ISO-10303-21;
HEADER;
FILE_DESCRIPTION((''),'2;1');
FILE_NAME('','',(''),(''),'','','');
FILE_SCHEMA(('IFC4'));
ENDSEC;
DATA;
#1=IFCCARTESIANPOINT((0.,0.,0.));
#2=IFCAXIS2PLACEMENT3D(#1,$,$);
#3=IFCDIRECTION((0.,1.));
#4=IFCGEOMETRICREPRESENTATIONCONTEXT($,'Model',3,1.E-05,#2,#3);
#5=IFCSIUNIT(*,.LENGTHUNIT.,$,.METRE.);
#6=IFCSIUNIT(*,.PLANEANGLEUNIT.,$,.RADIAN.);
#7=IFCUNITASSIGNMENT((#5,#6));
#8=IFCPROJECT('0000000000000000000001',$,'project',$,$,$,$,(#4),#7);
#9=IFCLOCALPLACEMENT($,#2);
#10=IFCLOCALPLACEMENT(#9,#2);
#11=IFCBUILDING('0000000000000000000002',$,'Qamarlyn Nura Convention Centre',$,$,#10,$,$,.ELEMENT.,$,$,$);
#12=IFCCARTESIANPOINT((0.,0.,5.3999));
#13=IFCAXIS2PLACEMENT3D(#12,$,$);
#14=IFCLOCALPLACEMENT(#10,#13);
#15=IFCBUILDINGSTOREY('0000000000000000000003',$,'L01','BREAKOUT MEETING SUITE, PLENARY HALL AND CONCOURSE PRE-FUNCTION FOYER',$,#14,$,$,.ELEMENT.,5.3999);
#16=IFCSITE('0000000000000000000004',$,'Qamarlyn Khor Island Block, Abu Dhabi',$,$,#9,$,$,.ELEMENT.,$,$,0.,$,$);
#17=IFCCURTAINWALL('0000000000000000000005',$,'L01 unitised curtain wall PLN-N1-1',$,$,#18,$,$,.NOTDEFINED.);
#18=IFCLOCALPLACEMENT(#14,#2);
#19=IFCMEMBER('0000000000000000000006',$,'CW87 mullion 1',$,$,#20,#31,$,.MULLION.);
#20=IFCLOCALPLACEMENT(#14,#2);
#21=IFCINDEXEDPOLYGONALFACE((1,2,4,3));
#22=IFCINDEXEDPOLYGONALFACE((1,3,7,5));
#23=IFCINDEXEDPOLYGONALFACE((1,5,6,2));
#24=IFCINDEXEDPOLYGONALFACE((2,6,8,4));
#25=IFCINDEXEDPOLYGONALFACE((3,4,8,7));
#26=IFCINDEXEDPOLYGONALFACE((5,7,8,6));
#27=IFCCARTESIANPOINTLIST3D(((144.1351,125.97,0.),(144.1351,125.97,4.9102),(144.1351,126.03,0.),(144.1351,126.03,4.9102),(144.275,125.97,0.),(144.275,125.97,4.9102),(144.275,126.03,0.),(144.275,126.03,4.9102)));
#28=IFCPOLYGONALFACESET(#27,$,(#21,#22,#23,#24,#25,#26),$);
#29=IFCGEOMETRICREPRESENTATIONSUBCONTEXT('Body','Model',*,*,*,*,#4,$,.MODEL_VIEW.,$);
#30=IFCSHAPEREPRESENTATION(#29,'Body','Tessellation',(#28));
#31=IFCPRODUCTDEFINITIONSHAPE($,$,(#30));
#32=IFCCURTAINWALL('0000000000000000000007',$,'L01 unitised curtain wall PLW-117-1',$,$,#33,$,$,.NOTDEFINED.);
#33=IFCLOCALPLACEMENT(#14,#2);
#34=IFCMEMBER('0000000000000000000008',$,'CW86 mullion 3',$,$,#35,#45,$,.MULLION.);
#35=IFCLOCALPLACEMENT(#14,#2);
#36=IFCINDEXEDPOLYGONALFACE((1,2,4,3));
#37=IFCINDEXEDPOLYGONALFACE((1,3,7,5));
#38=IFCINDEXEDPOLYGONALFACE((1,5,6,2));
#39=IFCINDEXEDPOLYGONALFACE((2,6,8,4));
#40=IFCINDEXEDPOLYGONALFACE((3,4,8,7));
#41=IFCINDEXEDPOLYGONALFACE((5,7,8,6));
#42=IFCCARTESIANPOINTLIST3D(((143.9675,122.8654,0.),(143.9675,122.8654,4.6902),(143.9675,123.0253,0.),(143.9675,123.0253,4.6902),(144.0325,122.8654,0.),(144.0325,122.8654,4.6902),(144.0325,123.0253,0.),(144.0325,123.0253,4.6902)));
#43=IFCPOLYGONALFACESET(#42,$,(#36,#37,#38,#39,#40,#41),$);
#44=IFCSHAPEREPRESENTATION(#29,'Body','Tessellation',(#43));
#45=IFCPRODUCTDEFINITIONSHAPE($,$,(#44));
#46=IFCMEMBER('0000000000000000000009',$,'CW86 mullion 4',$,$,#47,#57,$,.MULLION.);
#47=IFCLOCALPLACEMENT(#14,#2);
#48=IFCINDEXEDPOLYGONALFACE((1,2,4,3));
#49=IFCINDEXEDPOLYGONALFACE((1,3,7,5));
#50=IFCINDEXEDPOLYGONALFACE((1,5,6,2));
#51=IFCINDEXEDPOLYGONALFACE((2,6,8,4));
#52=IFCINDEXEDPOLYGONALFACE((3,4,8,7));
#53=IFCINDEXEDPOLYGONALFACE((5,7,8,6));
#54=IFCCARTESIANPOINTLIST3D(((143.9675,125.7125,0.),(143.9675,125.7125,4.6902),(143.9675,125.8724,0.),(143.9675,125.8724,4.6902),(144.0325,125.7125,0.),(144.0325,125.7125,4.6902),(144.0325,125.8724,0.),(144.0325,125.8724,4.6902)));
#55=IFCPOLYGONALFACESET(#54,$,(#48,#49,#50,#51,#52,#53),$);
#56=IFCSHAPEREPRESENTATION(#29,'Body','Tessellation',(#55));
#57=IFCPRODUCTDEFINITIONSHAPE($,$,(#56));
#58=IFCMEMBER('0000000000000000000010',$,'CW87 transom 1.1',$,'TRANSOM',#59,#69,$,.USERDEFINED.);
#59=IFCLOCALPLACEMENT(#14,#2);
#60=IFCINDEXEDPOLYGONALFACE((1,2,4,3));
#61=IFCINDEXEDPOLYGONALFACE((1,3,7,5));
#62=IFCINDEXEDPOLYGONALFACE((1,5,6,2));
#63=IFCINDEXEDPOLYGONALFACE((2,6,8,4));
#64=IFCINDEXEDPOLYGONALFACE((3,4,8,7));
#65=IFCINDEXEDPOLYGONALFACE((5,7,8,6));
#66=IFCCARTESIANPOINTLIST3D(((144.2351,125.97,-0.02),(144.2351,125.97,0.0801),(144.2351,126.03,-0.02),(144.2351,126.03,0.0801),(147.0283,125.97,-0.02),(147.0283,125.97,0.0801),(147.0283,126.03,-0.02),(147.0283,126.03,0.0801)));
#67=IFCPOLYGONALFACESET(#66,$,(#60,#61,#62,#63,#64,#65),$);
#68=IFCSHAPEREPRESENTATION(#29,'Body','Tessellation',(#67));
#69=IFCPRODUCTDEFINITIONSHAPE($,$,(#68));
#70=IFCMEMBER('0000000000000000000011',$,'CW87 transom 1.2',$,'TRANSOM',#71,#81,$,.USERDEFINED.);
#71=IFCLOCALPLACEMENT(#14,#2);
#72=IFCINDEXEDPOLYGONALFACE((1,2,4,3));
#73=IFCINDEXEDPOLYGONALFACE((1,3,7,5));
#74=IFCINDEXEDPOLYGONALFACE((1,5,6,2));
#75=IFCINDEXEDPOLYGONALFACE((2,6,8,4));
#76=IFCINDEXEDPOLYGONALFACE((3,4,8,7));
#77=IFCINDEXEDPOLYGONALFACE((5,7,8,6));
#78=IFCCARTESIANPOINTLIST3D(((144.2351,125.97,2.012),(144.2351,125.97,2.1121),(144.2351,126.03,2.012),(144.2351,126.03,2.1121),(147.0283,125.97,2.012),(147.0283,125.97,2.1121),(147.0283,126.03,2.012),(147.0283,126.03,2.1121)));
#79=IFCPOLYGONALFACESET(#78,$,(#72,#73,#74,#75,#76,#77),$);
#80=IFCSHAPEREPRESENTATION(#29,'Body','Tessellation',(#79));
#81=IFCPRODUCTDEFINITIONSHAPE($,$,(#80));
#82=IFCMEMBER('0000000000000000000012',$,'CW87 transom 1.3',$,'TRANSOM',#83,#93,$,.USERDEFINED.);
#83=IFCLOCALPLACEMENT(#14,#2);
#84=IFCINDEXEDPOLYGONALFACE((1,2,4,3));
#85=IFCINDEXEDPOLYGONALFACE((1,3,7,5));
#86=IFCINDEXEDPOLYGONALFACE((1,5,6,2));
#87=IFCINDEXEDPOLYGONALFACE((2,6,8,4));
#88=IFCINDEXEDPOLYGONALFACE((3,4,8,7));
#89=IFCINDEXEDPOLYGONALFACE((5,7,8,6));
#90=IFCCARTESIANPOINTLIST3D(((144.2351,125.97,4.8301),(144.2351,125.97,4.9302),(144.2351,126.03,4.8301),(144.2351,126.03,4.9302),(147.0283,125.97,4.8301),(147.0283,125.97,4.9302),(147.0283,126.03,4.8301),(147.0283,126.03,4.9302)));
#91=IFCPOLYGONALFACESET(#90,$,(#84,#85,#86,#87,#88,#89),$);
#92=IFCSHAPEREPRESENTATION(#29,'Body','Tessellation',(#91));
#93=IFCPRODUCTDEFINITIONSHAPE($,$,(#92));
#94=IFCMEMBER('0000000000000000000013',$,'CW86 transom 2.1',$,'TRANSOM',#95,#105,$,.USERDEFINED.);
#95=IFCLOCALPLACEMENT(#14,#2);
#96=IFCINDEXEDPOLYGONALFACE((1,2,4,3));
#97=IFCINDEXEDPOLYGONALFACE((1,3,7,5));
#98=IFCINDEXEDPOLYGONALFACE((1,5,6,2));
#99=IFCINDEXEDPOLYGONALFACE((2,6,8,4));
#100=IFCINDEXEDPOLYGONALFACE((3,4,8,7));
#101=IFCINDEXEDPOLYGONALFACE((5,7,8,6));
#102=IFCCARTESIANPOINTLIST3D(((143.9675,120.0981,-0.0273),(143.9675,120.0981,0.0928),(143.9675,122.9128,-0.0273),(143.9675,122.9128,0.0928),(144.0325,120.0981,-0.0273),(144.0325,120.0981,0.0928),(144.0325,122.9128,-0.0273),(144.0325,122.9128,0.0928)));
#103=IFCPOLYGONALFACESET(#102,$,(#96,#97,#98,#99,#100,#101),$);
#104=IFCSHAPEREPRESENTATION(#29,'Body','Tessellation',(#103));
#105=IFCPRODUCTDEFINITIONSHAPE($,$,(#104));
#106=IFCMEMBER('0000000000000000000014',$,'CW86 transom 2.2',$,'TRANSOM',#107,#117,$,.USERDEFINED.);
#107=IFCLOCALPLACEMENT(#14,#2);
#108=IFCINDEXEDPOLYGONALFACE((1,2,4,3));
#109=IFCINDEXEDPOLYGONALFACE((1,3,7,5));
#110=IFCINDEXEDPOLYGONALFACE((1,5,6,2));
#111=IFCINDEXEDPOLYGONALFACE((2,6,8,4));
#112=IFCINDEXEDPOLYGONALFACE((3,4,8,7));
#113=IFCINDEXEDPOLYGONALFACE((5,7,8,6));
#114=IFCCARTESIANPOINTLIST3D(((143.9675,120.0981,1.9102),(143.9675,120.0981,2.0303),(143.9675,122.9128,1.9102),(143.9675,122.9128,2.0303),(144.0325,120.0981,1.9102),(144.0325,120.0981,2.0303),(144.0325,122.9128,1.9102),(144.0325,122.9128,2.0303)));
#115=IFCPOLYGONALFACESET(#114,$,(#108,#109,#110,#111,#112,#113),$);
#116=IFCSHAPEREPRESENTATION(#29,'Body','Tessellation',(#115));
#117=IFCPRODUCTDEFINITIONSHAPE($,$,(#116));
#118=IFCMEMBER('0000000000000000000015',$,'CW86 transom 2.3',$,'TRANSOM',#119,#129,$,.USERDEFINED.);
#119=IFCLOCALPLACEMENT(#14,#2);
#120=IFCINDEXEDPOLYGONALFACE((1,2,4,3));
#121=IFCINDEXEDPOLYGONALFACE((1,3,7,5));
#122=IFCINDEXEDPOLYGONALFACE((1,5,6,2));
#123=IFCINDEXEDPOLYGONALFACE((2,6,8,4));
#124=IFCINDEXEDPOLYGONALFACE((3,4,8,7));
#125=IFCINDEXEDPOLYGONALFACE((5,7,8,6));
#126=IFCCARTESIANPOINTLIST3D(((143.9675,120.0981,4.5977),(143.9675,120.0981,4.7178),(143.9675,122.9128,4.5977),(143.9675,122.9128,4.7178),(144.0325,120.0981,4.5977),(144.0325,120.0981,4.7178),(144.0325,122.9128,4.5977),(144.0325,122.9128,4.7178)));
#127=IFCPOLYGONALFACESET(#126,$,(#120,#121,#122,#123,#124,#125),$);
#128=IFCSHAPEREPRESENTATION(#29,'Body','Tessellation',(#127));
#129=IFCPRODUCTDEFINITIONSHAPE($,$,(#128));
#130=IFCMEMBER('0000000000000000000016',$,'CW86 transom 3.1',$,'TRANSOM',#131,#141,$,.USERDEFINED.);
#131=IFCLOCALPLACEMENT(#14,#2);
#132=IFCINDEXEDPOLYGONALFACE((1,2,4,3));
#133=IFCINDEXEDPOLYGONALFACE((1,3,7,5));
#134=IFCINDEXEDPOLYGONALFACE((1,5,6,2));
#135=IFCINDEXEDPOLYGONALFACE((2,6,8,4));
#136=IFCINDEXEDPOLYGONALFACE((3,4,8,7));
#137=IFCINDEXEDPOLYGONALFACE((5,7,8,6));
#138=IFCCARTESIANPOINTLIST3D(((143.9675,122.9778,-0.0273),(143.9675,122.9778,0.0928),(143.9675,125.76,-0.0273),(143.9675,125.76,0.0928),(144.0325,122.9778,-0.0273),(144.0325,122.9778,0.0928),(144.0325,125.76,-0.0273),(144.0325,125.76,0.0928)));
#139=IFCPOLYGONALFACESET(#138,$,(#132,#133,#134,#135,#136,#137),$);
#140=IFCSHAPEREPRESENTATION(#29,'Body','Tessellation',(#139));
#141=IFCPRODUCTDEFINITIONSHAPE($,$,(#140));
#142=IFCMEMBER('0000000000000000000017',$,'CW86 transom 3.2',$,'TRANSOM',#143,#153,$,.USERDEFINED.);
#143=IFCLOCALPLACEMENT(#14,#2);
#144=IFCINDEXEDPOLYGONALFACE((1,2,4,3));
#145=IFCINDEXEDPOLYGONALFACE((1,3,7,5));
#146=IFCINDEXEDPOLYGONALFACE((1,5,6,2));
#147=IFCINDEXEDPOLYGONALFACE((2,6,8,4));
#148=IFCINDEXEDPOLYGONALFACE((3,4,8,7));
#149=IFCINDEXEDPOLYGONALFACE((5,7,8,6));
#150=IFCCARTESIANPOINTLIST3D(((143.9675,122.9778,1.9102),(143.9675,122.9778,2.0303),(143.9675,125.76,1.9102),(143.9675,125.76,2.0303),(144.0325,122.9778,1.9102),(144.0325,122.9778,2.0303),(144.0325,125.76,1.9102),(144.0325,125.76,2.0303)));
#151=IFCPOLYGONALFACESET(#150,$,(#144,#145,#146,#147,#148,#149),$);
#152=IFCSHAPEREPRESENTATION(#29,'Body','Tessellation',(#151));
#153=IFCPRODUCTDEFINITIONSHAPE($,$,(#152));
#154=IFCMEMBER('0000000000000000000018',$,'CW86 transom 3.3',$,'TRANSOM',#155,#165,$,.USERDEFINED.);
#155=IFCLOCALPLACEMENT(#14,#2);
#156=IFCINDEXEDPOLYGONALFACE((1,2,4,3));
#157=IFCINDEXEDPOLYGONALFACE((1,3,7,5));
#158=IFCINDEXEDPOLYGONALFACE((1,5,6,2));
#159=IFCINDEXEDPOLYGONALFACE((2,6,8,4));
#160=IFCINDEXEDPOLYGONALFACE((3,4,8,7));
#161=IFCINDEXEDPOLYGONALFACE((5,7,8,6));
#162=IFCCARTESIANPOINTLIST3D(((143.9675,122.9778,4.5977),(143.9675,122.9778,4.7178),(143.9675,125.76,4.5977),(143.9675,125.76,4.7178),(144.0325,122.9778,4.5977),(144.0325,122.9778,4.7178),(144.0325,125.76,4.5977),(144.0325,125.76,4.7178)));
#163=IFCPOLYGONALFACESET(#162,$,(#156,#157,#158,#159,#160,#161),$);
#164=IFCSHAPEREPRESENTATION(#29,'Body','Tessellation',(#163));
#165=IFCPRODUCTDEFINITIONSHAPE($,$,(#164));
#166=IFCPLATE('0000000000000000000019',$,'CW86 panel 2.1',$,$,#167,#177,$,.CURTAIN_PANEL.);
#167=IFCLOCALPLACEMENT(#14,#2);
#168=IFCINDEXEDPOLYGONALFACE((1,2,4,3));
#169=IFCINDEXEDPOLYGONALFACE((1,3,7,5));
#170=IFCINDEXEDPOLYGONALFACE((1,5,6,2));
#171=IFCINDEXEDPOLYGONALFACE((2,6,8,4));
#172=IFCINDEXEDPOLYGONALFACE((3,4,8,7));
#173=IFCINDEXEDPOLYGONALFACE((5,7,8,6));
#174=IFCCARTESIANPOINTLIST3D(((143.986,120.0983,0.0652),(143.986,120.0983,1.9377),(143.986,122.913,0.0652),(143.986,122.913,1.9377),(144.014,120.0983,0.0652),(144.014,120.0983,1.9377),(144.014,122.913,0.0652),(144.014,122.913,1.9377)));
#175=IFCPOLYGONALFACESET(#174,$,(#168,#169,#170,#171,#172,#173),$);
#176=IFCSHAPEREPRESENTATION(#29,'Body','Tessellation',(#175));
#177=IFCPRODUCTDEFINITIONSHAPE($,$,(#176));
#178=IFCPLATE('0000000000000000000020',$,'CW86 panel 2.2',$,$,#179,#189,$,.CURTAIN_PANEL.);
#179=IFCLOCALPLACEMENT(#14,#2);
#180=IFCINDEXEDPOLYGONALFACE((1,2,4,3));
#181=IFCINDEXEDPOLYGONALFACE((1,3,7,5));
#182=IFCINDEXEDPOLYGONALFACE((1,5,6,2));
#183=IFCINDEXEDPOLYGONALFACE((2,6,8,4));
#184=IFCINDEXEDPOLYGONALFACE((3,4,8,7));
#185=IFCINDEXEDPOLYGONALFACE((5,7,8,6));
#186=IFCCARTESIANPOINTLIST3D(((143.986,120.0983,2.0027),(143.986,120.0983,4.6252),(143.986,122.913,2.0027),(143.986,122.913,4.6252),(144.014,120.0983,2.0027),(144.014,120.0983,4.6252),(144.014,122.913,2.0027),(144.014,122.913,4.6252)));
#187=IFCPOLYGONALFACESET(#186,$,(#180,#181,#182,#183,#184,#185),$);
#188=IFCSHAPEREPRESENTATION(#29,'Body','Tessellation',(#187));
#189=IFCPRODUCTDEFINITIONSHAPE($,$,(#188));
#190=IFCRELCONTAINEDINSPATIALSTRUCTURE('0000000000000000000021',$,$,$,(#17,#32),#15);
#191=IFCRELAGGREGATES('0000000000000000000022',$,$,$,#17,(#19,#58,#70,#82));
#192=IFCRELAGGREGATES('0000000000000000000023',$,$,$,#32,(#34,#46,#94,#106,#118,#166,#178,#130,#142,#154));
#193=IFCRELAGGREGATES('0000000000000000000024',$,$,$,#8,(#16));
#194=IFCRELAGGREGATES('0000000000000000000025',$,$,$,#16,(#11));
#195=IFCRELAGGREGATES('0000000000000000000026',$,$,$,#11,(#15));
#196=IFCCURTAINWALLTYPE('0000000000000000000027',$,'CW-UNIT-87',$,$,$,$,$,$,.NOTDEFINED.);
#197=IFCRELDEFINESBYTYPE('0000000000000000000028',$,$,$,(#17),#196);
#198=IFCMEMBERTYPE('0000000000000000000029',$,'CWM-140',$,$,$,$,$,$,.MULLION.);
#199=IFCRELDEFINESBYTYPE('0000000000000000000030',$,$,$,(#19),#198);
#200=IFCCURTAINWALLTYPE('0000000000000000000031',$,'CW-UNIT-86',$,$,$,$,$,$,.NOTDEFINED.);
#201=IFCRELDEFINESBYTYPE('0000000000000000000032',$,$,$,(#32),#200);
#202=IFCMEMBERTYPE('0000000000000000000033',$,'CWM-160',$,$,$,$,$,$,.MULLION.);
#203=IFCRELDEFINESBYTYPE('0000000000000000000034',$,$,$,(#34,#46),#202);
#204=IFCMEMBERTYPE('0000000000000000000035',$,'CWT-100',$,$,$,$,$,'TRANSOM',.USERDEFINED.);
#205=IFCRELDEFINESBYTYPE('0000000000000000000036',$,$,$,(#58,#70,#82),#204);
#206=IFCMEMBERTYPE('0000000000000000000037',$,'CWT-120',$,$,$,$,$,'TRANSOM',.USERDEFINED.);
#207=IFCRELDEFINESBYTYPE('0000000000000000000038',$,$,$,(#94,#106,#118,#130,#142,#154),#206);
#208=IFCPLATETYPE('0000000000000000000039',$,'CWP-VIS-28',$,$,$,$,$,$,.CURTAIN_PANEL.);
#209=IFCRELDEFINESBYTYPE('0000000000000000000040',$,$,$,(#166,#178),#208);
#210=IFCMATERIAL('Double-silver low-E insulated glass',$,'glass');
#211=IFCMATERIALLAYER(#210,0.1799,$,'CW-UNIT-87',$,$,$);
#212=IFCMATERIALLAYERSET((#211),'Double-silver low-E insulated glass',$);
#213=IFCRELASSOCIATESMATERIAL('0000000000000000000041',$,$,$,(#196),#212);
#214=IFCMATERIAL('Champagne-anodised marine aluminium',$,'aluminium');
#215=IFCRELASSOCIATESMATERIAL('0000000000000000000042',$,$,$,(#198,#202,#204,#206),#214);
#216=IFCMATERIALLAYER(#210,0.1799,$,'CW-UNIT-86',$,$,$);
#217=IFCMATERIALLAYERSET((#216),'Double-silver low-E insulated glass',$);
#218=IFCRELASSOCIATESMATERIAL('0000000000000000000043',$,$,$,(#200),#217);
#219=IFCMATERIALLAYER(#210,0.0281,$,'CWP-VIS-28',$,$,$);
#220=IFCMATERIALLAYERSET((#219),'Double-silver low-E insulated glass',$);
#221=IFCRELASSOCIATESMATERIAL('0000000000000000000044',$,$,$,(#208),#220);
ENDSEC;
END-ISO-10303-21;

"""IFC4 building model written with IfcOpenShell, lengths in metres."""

from ifc_helpers import new_model, si_unit, direction, frame, origin, origin_2d, place, context, subcontext, project, spatial, rectangle, extrude, material, layer, layer_set, material_profile, profile_set, type_object, element, aggregate, save


model = new_model("IFC4")

# Units and contexts
model_context = context("Model", 3, precision=1e-05, world=origin(), true_north=direction((0.0, 1.0)))
body_context = subcontext(model_context, "Body", "Model", "MODEL_VIEW")
ifc_project = project(units=[si_unit("LENGTHUNIT", "METRE"), si_unit("PLANEANGLEUNIT", "RADIAN")], contexts=[model_context])

# Site, building, storey
site_placement = place(None, origin())
site = spatial("IfcSite", under=ifc_project, at=site_placement, Name="Qamarlyn Khor Island Block, Abu Dhabi", CompositionType="ELEMENT", RefElevation=0.0)
building_placement = place(site_placement, origin())
building = spatial("IfcBuilding", under=site, at=building_placement, Name="Qamarlyn Nura Convention Centre", CompositionType="ELEMENT")
storey_placement = place(building_placement, frame((0.0, 0.0, 5.3999)))
storey = spatial("IfcBuildingStorey", under=building, at=storey_placement, Name="L01", Description="BREAKOUT MEETING SUITE, PLENARY HALL AND CONCOURSE PRE-FUNCTION FOYER", CompositionType="ELEMENT", Elevation=5.3999)

# Curtain wall, member
ifc_material_1 = material(Name="Double-silver low-E insulated glass", Category="glass")
ifc_layer_1 = layer(ifc_material_1, 0.1799, Name="CW-UNIT-87")
ifc_layer_set_1 = layer_set([ifc_layer_1], Name="Double-silver low-E insulated glass")
curtain_wall_type_1 = type_object("IfcCurtainWallType", Name="CW-UNIT-87", PredefinedType="NOTDEFINED", material=ifc_layer_set_1)
curtain_wall_1_placement = place(storey_placement, origin())
curtain_wall_1 = element("IfcCurtainWall", 1, at=curtain_wall_1_placement, inside=storey, type_object=curtain_wall_type_1, Name="L01 unitised curtain wall PLN-N1-1", PredefinedType="NOTDEFINED")
ifc_material_2 = material(Name="Champagne-anodised marine aluminium", Category="aluminium")
ifc_material_profile_1 = material_profile(ifc_material_2, rectangle(XDim=0.0601, YDim=0.1399, at=origin_2d()), Name="ALU MULLION 60x140")
ifc_profile_set_1 = profile_set([ifc_material_profile_1], Name="Champagne-anodised marine aluminium")
member_type_1 = type_object("IfcMemberType", Name="CWM-140", PredefinedType="MULLION", material=ifc_profile_set_1)
member_1_placement = place(storey_placement, frame((144.2051, 126.0, 0.0), z_axis=(0.0, 0.0, 1.0), x_axis=(0.0, 1.0, 0.0)))
member_1 = element("IfcMember", 2, at=member_1_placement, type_object=member_type_1, Name="CW87 mullion 1", PredefinedType="MULLION", context=body_context, shape_type="SweptSolid", body=[
    extrude(rectangle(XDim=0.0601, YDim=0.1399, at=origin_2d()), origin(), (0.0, 0.0, 1.0), 4.9102),
])

# Curtain wall, members
ifc_layer_2 = layer(ifc_material_1, 0.1799, Name="CW-UNIT-86")
ifc_layer_set_2 = layer_set([ifc_layer_2], Name="Double-silver low-E insulated glass")
curtain_wall_type_2 = type_object("IfcCurtainWallType", Name="CW-UNIT-86", PredefinedType="NOTDEFINED", material=ifc_layer_set_2)
curtain_wall_2_placement = place(storey_placement, origin())
curtain_wall_2 = element("IfcCurtainWall", 3, at=curtain_wall_2_placement, inside=storey, type_object=curtain_wall_type_2, Name="L01 unitised curtain wall PLW-117-1", PredefinedType="NOTDEFINED")
ifc_material_profile_2 = material_profile(ifc_material_2, rectangle(XDim=0.0649, YDim=0.1599, at=origin_2d()), Name="ALU MULLION 65x160")
ifc_profile_set_2 = profile_set([ifc_material_profile_2], Name="Champagne-anodised marine aluminium")
member_type_2 = type_object("IfcMemberType", Name="CWM-160", PredefinedType="MULLION", material=ifc_profile_set_2)
member_2_placement = place(storey_placement, frame((144.0, 122.9453, 0.0), z_axis=(0.0, 0.0, 1.0), x_axis=(-1.0, 0.0, 0.0)))
member_2 = element("IfcMember", 4, at=member_2_placement, type_object=member_type_2, Name="CW86 mullion 3", PredefinedType="MULLION", context=body_context, shape_type="SweptSolid", body=[
    extrude(rectangle(XDim=0.0649, YDim=0.1599, at=origin_2d()), origin(), (0.0, 0.0, 1.0), 4.6902),
])
member_3_placement = place(storey_placement, frame((144.0, 125.7925, 0.0), z_axis=(0.0, 0.0, 1.0), x_axis=(-1.0, 0.0, 0.0)))
member_3 = element("IfcMember", 5, at=member_3_placement, type_object=member_type_2, Name="CW86 mullion 4", PredefinedType="MULLION", context=body_context, shape_type="SweptSolid", body=[
    extrude(rectangle(XDim=0.0649, YDim=0.1599, at=origin_2d()), origin(), (0.0, 0.0, 1.0), 4.6902),
])

# Members
ifc_material_profile_3 = material_profile(ifc_material_2, rectangle(XDim=0.0601, YDim=0.1001, at=origin_2d()), Name="ALU TRANSOM 60x100")
ifc_profile_set_3 = profile_set([ifc_material_profile_3], Name="Champagne-anodised marine aluminium")
member_type_3 = type_object("IfcMemberType", Name="CWT-100", ElementType="TRANSOM", PredefinedType="USERDEFINED", material=ifc_profile_set_3)
member_4_placement = place(storey_placement, frame((144.2351, 126.0, 0.03), z_axis=(1.0, 0.0, 0.0), x_axis=(0.0, 1.0, 0.0)))
member_4 = element("IfcMember", 6, at=member_4_placement, type_object=member_type_3, Name="CW87 transom 1.1", ObjectType="TRANSOM", PredefinedType="USERDEFINED", context=body_context, shape_type="SweptSolid", body=[
    extrude(rectangle(XDim=0.0601, YDim=0.1001, at=origin_2d()), origin(), (0.0, 0.0, 1.0), 2.7932),
])
member_5_placement = place(storey_placement, frame((144.2351, 126.0, 2.062), z_axis=(1.0, 0.0, 0.0), x_axis=(0.0, 1.0, 0.0)))
member_5 = element("IfcMember", 7, at=member_5_placement, type_object=member_type_3, Name="CW87 transom 1.2", ObjectType="TRANSOM", PredefinedType="USERDEFINED", context=body_context, shape_type="SweptSolid", body=[
    extrude(rectangle(XDim=0.0601, YDim=0.1001, at=origin_2d()), origin(), (0.0, 0.0, 1.0), 2.7932),
])
member_6_placement = place(storey_placement, frame((144.2351, 126.0, 4.8801), z_axis=(1.0, 0.0, 0.0), x_axis=(0.0, 1.0, 0.0)))
member_6 = element("IfcMember", 8, at=member_6_placement, type_object=member_type_3, Name="CW87 transom 1.3", ObjectType="TRANSOM", PredefinedType="USERDEFINED", context=body_context, shape_type="SweptSolid", body=[
    extrude(rectangle(XDim=0.0601, YDim=0.1001, at=origin_2d()), origin(), (0.0, 0.0, 1.0), 2.7932),
])
aggregate(curtain_wall_1, [member_1, member_4, member_5, member_6])
ifc_material_profile_4 = material_profile(ifc_material_2, rectangle(XDim=0.0649, YDim=0.1201, at=origin_2d()), Name="ALU TRANSOM 65x120")
ifc_profile_set_4 = profile_set([ifc_material_profile_4], Name="Champagne-anodised marine aluminium")
member_type_4 = type_object("IfcMemberType", Name="CWT-120", ElementType="TRANSOM", PredefinedType="USERDEFINED", material=ifc_profile_set_4)
member_7_placement = place(storey_placement, frame((144.0, 120.0981, 0.0327), z_axis=(0.0, 1.0, 0.0), x_axis=(-1.0, 0.0, 0.0)))
member_7 = element("IfcMember", 9, at=member_7_placement, type_object=member_type_4, Name="CW86 transom 2.1", ObjectType="TRANSOM", PredefinedType="USERDEFINED", context=body_context, shape_type="SweptSolid", body=[
    extrude(rectangle(XDim=0.0649, YDim=0.1201, at=origin_2d()), origin(), (0.0, 0.0, 1.0), 2.8147),
])
member_8_placement = place(storey_placement, frame((144.0, 120.0981, 1.9702), z_axis=(0.0, 1.0, 0.0), x_axis=(-1.0, 0.0, 0.0)))
member_8 = element("IfcMember", 10, at=member_8_placement, type_object=member_type_4, Name="CW86 transom 2.2", ObjectType="TRANSOM", PredefinedType="USERDEFINED", context=body_context, shape_type="SweptSolid", body=[
    extrude(rectangle(XDim=0.0649, YDim=0.1201, at=origin_2d()), origin(), (0.0, 0.0, 1.0), 2.8147),
])
member_9_placement = place(storey_placement, frame((144.0, 120.0981, 4.6577), z_axis=(0.0, 1.0, 0.0), x_axis=(-1.0, 0.0, 0.0)))
member_9 = element("IfcMember", 11, at=member_9_placement, type_object=member_type_4, Name="CW86 transom 2.3", ObjectType="TRANSOM", PredefinedType="USERDEFINED", context=body_context, shape_type="SweptSolid", body=[
    extrude(rectangle(XDim=0.0649, YDim=0.1201, at=origin_2d()), origin(), (0.0, 0.0, 1.0), 2.8147),
])
member_10_placement = place(storey_placement, frame((144.0, 122.9778, 0.0327), z_axis=(0.0, 1.0, 0.0), x_axis=(-1.0, 0.0, 0.0)))
member_10 = element("IfcMember", 12, at=member_10_placement, type_object=member_type_4, Name="CW86 transom 3.1", ObjectType="TRANSOM", PredefinedType="USERDEFINED", context=body_context, shape_type="SweptSolid", body=[
    extrude(rectangle(XDim=0.0649, YDim=0.1201, at=origin_2d()), origin(), (0.0, 0.0, 1.0), 2.7822),
])
member_11_placement = place(storey_placement, frame((144.0, 122.9778, 1.9702), z_axis=(0.0, 1.0, 0.0), x_axis=(-1.0, 0.0, 0.0)))
member_11 = element("IfcMember", 13, at=member_11_placement, type_object=member_type_4, Name="CW86 transom 3.2", ObjectType="TRANSOM", PredefinedType="USERDEFINED", context=body_context, shape_type="SweptSolid", body=[
    extrude(rectangle(XDim=0.0649, YDim=0.1201, at=origin_2d()), origin(), (0.0, 0.0, 1.0), 2.7822),
])
member_12_placement = place(storey_placement, frame((144.0, 122.9778, 4.6577), z_axis=(0.0, 1.0, 0.0), x_axis=(-1.0, 0.0, 0.0)))
member_12 = element("IfcMember", 14, at=member_12_placement, type_object=member_type_4, Name="CW86 transom 3.3", ObjectType="TRANSOM", PredefinedType="USERDEFINED", context=body_context, shape_type="SweptSolid", body=[
    extrude(rectangle(XDim=0.0649, YDim=0.1201, at=origin_2d()), origin(), (0.0, 0.0, 1.0), 2.7822),
])

# Plates
ifc_layer_3 = layer(ifc_material_1, 0.0281, Name="CWP-VIS-28")
ifc_layer_set_3 = layer_set([ifc_layer_3], Name="Double-silver low-E insulated glass")
plate_type = type_object("IfcPlateType", Name="CWP-VIS-28", PredefinedType="CURTAIN_PANEL", material=ifc_layer_set_3)
plate_1_placement = place(storey_placement, frame((144.0, 121.5056, 0.0652), z_axis=(0.0, 0.0, 1.0), x_axis=(0.0, 1.0, 0.0)))
plate_1 = element("IfcPlate", 15, at=plate_1_placement, type_object=plate_type, Name="CW86 panel 2.1", PredefinedType="CURTAIN_PANEL", context=body_context, shape_type="SweptSolid", body=[
    extrude(rectangle(XDim=2.8147, YDim=0.0281, at=origin_2d()), origin(), (0.0, 0.0, 1.0), 1.8726),
])
plate_2_placement = place(storey_placement, frame((144.0, 121.5056, 2.0027), z_axis=(0.0, 0.0, 1.0), x_axis=(0.0, 1.0, 0.0)))
plate_2 = element("IfcPlate", 16, at=plate_2_placement, type_object=plate_type, Name="CW86 panel 2.2", PredefinedType="CURTAIN_PANEL", context=body_context, shape_type="SweptSolid", body=[
    extrude(rectangle(XDim=2.8147, YDim=0.0281, at=origin_2d()), origin(), (0.0, 0.0, 1.0), 2.6226),
])
aggregate(curtain_wall_2, [member_2, member_3, member_7, member_8, member_9, plate_1, plate_2, member_10, member_11, member_12])

save(model, "model.ifc")
